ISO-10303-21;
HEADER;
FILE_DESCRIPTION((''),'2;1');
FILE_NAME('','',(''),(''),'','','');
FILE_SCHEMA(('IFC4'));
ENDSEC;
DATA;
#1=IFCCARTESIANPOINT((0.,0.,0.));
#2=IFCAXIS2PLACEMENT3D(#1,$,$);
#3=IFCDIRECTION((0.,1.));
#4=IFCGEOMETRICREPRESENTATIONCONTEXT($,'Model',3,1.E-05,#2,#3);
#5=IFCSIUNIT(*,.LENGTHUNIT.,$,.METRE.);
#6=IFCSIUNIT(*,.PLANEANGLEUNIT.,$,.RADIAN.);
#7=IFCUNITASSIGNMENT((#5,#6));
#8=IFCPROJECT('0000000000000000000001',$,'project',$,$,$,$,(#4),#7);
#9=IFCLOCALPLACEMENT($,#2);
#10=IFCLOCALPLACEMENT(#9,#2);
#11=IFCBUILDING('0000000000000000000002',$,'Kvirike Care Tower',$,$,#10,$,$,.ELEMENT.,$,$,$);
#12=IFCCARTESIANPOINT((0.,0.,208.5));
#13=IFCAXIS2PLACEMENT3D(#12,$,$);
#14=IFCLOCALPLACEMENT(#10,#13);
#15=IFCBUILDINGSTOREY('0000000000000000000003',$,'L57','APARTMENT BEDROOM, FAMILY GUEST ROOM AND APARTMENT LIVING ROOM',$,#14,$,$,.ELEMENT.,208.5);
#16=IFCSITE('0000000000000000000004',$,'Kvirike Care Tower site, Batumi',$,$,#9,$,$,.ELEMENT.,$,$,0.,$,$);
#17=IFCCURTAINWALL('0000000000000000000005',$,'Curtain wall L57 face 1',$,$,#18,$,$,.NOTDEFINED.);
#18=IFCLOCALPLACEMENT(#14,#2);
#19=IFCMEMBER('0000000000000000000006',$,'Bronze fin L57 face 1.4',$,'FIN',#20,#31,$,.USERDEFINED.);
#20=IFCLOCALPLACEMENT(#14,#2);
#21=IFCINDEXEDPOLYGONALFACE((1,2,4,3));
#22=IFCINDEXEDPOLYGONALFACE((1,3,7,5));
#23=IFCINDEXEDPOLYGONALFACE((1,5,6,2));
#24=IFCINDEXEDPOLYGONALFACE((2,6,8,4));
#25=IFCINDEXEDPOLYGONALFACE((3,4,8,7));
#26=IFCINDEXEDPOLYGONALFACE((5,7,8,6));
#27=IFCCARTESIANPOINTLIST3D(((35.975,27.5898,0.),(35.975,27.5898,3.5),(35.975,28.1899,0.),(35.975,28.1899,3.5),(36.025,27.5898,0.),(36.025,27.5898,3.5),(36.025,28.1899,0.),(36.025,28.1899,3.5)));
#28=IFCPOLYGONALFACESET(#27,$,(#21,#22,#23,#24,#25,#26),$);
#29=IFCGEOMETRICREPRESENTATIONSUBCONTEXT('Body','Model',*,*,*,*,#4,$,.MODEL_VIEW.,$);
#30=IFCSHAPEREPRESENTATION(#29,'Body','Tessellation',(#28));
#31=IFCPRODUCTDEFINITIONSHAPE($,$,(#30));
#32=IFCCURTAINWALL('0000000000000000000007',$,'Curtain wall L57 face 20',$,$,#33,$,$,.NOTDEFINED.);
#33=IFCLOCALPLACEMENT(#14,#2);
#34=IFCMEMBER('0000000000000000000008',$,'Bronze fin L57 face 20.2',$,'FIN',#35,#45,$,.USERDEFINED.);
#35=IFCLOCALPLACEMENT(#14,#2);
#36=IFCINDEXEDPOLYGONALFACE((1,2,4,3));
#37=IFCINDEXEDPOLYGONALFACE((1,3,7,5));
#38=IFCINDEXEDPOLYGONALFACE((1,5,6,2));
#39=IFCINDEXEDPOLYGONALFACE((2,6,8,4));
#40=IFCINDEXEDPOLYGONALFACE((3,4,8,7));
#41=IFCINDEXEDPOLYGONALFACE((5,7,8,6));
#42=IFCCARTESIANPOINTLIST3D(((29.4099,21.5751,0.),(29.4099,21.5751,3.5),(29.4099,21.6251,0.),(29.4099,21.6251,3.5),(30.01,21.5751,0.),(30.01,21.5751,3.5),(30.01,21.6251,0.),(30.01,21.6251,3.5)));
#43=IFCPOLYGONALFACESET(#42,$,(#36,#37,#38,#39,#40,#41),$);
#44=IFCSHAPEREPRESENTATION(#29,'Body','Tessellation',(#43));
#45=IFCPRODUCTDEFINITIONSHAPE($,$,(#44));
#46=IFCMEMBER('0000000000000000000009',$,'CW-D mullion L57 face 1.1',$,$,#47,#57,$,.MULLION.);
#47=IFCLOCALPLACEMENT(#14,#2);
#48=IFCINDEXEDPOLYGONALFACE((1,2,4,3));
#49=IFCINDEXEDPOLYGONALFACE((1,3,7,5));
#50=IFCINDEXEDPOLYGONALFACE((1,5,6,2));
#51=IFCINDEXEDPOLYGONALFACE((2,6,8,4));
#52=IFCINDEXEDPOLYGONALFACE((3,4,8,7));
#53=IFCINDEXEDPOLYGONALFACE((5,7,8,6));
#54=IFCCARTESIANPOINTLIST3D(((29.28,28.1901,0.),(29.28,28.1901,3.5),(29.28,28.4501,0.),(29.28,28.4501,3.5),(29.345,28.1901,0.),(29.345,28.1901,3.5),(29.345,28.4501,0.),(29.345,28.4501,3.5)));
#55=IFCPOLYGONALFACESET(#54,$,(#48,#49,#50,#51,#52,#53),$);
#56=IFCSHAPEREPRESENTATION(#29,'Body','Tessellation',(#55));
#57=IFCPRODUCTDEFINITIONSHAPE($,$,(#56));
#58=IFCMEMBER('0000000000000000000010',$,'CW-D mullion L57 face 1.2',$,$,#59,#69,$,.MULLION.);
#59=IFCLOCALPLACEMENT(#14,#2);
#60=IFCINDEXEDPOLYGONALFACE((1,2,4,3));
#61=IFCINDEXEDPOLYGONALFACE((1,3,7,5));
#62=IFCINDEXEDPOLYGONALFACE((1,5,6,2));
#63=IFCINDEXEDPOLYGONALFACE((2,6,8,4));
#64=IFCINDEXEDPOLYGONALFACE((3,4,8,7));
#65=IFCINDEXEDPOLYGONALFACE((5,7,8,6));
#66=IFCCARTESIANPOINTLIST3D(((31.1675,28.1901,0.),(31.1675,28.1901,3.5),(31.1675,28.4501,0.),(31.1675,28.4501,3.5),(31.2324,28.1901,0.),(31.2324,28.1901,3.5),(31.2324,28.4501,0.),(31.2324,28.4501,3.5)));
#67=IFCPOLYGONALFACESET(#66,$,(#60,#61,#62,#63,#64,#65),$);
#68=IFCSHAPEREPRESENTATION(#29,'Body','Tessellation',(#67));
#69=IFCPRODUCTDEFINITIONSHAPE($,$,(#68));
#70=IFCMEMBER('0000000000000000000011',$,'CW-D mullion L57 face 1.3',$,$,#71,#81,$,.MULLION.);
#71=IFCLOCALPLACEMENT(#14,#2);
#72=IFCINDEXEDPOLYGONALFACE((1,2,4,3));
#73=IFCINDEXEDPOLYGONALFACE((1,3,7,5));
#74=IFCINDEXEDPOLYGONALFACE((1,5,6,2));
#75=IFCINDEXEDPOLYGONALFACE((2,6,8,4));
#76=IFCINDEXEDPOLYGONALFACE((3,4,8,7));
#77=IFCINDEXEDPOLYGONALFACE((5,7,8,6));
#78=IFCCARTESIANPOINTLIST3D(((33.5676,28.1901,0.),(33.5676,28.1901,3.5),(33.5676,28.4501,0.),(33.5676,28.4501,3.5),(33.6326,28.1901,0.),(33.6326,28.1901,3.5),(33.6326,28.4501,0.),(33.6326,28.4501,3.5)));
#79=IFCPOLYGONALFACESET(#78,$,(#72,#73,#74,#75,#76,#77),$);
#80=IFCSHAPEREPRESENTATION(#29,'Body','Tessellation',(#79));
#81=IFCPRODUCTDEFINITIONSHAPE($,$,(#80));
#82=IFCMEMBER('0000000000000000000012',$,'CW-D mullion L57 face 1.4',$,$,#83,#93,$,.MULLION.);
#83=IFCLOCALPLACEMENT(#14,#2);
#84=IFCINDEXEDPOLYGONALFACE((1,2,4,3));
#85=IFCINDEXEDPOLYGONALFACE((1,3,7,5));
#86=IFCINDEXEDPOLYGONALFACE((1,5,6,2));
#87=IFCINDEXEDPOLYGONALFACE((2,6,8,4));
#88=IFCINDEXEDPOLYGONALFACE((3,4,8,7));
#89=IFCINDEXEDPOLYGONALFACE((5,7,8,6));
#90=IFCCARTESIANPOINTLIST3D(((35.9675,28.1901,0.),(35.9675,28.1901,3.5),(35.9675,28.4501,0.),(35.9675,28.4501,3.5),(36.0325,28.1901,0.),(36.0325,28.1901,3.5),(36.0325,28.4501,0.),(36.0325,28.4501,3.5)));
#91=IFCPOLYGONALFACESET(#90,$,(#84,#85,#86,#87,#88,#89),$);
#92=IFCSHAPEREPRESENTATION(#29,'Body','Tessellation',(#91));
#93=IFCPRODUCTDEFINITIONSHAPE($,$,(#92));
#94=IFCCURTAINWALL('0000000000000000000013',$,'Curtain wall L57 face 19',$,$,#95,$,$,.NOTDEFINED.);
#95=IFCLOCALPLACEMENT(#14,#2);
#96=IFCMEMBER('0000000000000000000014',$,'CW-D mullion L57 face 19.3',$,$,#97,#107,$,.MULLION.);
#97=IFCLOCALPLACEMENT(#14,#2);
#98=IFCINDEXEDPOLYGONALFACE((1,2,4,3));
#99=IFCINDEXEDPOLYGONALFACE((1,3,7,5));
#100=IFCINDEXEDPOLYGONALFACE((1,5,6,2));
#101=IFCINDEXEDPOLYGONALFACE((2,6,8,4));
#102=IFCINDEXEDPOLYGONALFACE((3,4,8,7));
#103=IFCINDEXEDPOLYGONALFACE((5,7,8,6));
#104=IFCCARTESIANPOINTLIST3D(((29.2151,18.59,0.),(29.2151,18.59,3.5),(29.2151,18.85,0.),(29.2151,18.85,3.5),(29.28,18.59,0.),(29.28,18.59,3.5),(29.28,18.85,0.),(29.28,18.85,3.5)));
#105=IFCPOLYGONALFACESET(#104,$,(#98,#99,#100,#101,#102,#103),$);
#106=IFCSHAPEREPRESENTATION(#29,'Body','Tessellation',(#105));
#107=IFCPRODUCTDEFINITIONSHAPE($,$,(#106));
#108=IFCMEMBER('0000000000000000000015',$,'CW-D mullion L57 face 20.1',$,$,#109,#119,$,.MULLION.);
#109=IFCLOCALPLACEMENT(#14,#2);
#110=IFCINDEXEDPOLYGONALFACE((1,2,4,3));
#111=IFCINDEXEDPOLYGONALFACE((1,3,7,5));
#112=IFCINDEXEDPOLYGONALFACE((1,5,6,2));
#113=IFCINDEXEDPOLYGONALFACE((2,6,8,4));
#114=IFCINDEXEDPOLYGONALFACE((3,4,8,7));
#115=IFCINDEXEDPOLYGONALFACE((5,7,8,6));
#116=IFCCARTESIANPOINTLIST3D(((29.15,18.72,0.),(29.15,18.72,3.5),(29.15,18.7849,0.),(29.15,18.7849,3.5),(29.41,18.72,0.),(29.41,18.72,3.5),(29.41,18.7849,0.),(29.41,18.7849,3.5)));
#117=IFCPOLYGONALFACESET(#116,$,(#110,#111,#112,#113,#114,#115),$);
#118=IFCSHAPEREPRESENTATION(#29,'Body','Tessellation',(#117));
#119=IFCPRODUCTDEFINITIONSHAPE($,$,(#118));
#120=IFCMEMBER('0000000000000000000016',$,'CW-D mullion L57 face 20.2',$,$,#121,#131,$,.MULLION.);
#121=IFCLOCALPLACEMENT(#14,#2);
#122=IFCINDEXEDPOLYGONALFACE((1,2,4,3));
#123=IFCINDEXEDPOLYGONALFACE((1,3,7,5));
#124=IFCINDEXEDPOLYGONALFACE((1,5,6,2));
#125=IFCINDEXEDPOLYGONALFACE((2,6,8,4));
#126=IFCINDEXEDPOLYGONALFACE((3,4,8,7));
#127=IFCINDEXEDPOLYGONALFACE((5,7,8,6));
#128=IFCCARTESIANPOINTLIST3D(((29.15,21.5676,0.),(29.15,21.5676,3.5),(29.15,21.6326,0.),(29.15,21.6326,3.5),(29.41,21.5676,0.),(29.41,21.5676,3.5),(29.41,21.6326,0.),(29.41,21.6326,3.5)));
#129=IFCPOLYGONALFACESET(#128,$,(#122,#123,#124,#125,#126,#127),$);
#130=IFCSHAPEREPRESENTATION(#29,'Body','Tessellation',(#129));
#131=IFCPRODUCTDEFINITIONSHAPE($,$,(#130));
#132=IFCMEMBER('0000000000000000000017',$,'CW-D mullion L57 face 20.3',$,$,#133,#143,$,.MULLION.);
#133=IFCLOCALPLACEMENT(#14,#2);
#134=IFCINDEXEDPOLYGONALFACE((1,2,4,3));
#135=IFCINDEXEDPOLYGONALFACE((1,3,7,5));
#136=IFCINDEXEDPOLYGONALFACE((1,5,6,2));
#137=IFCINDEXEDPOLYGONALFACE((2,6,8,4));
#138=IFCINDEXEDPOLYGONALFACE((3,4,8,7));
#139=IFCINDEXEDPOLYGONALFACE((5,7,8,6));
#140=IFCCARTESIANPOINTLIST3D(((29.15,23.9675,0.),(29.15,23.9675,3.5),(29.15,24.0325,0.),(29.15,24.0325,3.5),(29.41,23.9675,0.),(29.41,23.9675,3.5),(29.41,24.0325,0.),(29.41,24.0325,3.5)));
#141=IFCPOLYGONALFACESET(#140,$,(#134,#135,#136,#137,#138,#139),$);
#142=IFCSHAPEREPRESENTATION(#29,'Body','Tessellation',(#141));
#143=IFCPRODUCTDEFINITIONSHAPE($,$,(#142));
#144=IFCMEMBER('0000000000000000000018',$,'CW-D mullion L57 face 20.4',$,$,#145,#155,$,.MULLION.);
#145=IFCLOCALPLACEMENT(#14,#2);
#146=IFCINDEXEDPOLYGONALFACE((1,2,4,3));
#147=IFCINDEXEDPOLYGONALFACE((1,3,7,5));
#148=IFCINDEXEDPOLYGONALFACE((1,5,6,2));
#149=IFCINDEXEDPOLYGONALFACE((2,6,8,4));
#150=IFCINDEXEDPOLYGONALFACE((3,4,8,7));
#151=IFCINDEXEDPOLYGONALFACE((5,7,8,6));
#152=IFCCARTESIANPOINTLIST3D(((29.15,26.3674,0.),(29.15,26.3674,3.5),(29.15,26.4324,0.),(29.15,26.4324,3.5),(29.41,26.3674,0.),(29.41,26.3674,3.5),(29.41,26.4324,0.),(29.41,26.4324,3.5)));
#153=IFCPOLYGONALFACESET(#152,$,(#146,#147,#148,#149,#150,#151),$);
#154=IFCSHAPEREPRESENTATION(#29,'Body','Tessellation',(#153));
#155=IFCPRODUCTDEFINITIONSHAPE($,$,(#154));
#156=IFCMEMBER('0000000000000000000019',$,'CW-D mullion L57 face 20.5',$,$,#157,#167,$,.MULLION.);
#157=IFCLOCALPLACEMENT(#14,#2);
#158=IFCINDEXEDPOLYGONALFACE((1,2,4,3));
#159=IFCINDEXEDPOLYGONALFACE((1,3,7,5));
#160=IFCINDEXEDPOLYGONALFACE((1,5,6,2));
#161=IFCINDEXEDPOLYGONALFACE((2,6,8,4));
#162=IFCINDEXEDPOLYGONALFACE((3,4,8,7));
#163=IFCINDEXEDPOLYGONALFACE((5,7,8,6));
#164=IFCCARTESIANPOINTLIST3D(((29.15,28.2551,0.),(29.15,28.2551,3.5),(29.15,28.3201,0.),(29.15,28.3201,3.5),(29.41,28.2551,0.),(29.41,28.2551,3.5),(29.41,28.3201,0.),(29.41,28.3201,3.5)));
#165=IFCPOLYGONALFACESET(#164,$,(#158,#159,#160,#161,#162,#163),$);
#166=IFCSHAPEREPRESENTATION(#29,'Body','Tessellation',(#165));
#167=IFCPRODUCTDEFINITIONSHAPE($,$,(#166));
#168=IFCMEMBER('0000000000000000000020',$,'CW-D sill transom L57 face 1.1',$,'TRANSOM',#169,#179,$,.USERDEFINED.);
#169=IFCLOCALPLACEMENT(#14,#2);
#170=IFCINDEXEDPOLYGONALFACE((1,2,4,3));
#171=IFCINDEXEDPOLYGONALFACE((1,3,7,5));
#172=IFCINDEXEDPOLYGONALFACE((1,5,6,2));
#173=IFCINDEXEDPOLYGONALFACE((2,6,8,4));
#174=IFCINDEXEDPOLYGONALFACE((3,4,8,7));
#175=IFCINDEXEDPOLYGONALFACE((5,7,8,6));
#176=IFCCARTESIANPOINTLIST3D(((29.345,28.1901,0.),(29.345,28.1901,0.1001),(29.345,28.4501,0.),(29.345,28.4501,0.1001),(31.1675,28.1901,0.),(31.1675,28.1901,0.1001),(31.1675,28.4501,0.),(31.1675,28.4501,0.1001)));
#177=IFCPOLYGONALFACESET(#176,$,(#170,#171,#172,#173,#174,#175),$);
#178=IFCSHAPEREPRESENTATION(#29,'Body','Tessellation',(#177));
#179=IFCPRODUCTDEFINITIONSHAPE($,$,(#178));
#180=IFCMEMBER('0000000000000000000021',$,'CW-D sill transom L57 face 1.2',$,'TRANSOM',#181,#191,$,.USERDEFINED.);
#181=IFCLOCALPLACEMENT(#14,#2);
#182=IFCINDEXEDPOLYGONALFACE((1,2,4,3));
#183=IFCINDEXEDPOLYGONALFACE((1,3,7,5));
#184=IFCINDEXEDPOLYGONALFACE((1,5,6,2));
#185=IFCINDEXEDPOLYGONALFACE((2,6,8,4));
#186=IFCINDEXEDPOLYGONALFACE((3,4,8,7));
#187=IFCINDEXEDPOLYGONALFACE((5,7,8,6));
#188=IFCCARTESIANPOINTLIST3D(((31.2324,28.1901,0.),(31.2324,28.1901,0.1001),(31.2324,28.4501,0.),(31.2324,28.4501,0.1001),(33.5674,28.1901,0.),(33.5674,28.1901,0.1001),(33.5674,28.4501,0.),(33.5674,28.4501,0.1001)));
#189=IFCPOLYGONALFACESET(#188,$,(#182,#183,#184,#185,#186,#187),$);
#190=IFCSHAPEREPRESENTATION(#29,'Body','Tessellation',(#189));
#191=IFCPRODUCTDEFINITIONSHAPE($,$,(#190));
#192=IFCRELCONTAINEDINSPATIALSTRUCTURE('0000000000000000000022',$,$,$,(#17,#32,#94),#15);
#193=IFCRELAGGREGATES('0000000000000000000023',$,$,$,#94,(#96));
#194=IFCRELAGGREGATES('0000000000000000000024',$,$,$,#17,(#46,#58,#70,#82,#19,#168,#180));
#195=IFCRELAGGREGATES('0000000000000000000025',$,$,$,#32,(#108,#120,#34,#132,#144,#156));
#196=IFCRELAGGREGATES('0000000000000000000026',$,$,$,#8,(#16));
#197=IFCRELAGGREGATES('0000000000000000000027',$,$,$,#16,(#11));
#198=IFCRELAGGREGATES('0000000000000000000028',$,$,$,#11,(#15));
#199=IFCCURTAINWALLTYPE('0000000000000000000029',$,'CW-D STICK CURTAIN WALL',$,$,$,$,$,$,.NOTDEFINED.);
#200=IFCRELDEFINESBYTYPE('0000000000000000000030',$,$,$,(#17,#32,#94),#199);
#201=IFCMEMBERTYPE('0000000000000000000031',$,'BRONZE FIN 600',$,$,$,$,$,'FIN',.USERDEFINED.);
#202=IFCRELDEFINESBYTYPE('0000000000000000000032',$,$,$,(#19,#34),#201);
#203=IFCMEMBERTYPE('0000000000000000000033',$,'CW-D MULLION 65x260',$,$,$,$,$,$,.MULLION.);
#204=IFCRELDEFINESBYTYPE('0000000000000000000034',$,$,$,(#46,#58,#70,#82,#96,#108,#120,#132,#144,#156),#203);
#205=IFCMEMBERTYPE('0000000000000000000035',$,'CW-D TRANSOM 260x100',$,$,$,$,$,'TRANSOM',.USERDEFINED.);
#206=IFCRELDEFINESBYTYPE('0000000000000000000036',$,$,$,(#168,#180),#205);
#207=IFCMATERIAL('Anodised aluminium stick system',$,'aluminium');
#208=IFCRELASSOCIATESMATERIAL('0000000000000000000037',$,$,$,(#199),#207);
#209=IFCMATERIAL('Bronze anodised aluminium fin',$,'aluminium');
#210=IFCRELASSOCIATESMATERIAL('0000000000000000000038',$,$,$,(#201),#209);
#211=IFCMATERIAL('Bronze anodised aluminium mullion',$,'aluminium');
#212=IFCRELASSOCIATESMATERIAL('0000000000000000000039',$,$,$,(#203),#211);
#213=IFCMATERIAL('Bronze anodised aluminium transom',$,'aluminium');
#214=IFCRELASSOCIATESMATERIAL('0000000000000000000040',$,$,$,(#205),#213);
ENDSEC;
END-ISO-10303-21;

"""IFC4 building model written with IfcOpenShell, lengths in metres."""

from ifc_helpers import new_model, si_unit, direction, frame, origin, origin_2d, place, context, subcontext, project, spatial, rectangle, extrude, material, material_profile, profile_set, type_object, element, aggregate, save


model = new_model("IFC4")

# Units and contexts
model_context = context("Model", 3, precision=1e-05, world=origin(), true_north=direction((0.0, 1.0)))
body_context = subcontext(model_context, "Body", "Model", "MODEL_VIEW")
ifc_project = project(units=[si_unit("LENGTHUNIT", "METRE"), si_unit("PLANEANGLEUNIT", "RADIAN")], contexts=[model_context])

# Site, building, storey
site_placement = place(None, origin())
site = spatial("IfcSite", under=ifc_project, at=site_placement, Name="Kvirike Care Tower site, Batumi", CompositionType="ELEMENT", RefElevation=0.0)
building_placement = place(site_placement, origin())
building = spatial("IfcBuilding", under=site, at=building_placement, Name="Kvirike Care Tower", CompositionType="ELEMENT")
storey_placement = place(building_placement, frame((0.0, 0.0, 208.5)))
storey = spatial("IfcBuildingStorey", under=building, at=storey_placement, Name="L57", Description="APARTMENT BEDROOM, FAMILY GUEST ROOM AND APARTMENT LIVING ROOM", CompositionType="ELEMENT", Elevation=208.5)

# Curtain walls, members
ifc_material_1 = material(Name="Anodised aluminium stick system", Category="aluminium")
curtain_wall_type = type_object("IfcCurtainWallType", Name="CW-D STICK CURTAIN WALL", PredefinedType="NOTDEFINED", material=ifc_material_1)
curtain_wall_1_placement = place(storey_placement, origin())
curtain_wall_1 = element("IfcCurtainWall", 1, at=curtain_wall_1_placement, inside=storey, type_object=curtain_wall_type, Name="Curtain wall L57 face 1", PredefinedType="NOTDEFINED")
ifc_material_2 = material(Name="Bronze anodised aluminium fin", Category="aluminium")
ifc_material_profile_1 = material_profile(ifc_material_2, rectangle(XDim=0.05, YDim=0.6001, at=origin_2d()), Name="BRONZE FIN 600")
ifc_profile_set_1 = profile_set([ifc_material_profile_1], Name="Bronze anodised aluminium fin")
member_type_1 = type_object("IfcMemberType", Name="BRONZE FIN 600", ElementType="FIN", PredefinedType="USERDEFINED", material=ifc_profile_set_1)
member_1_placement = place(storey_placement, frame((36.0, 27.8899, 0.0), z_axis=(0.0, 0.0, 1.0), x_axis=(1.0, 0.0, 0.0)))
member_1 = element("IfcMember", 2, at=member_1_placement, type_object=member_type_1, Name="Bronze fin L57 face 1.4", ObjectType="FIN", PredefinedType="USERDEFINED", context=body_context, shape_type="SweptSolid", body=[
    extrude(rectangle(XDim=0.05, YDim=0.6001, at=origin_2d()), origin(), (0.0, 0.0, 1.0), 3.5),
])
curtain_wall_2_placement = place(storey_placement, origin())
curtain_wall_2 = element("IfcCurtainWall", 3, at=curtain_wall_2_placement, inside=storey, type_object=curtain_wall_type, Name="Curtain wall L57 face 20", PredefinedType="NOTDEFINED")
member_2_placement = place(storey_placement, frame((29.71, 21.6001, 0.0), z_axis=(0.0, 0.0, 1.0), x_axis=(0.0, 1.0, 0.0)))
member_2 = element("IfcMember", 4, at=member_2_placement, type_object=member_type_1, Name="Bronze fin L57 face 20.2", ObjectType="FIN", PredefinedType="USERDEFINED", context=body_context, shape_type="SweptSolid", body=[
    extrude(rectangle(XDim=0.05, YDim=0.6001, at=origin_2d()), origin(), (0.0, 0.0, 1.0), 3.5),
])

# Members
ifc_material_3 = material(Name="Bronze anodised aluminium mullion", Category="aluminium")
ifc_material_profile_2 = material_profile(ifc_material_3, rectangle(XDim=0.0649, YDim=0.26, at=origin_2d()), Name="CW-D MULLION 65x260")
ifc_profile_set_2 = profile_set([ifc_material_profile_2], Name="Bronze anodised aluminium mullion")
member_type_2 = type_object("IfcMemberType", Name="CW-D MULLION 65x260", PredefinedType="MULLION", material=ifc_profile_set_2)
member_3_placement = place(storey_placement, frame((29.3125, 28.3201, 0.0), z_axis=(0.0, 0.0, 1.0), x_axis=(1.0, 0.0, 0.0)))
member_3 = element("IfcMember", 5, at=member_3_placement, type_object=member_type_2, Name="CW-D mullion L57 face 1.1", PredefinedType="MULLION", context=body_context, shape_type="SweptSolid", body=[
    extrude(rectangle(XDim=0.0649, YDim=0.26, at=origin_2d()), origin(), (0.0, 0.0, 1.0), 3.5),
])
member_4_placement = place(storey_placement, frame((31.2, 28.3201, 0.0), z_axis=(0.0, 0.0, 1.0), x_axis=(1.0, 0.0, 0.0)))
member_4 = element("IfcMember", 6, at=member_4_placement, type_object=member_type_2, Name="CW-D mullion L57 face 1.2", PredefinedType="MULLION", context=body_context, shape_type="SweptSolid", body=[
    extrude(rectangle(XDim=0.0649, YDim=0.26, at=origin_2d()), origin(), (0.0, 0.0, 1.0), 3.5),
])
member_5_placement = place(storey_placement, frame((33.6001, 28.3201, 0.0), z_axis=(0.0, 0.0, 1.0), x_axis=(1.0, 0.0, 0.0)))
member_5 = element("IfcMember", 7, at=member_5_placement, type_object=member_type_2, Name="CW-D mullion L57 face 1.3", PredefinedType="MULLION", context=body_context, shape_type="SweptSolid", body=[
    extrude(rectangle(XDim=0.0649, YDim=0.26, at=origin_2d()), origin(), (0.0, 0.0, 1.0), 3.5),
])
member_6_placement = place(storey_placement, frame((36.0, 28.3201, 0.0), z_axis=(0.0, 0.0, 1.0), x_axis=(1.0, 0.0, 0.0)))
member_6 = element("IfcMember", 8, at=member_6_placement, type_object=member_type_2, Name="CW-D mullion L57 face 1.4", PredefinedType="MULLION", context=body_context, shape_type="SweptSolid", body=[
    extrude(rectangle(XDim=0.0649, YDim=0.26, at=origin_2d()), origin(), (0.0, 0.0, 1.0), 3.5),
])

# Curtain wall, member
curtain_wall_3_placement = place(storey_placement, origin())
curtain_wall_3 = element("IfcCurtainWall", 9, at=curtain_wall_3_placement, inside=storey, type_object=curtain_wall_type, Name="Curtain wall L57 face 19", PredefinedType="NOTDEFINED")
member_7_placement = place(storey_placement, frame((29.2476, 18.72, 0.0), z_axis=(0.0, 0.0, 1.0), x_axis=(1.0, 0.0, 0.0)))
member_7 = element("IfcMember", 10, at=member_7_placement, type_object=member_type_2, Name="CW-D mullion L57 face 19.3", PredefinedType="MULLION", context=body_context, shape_type="SweptSolid", body=[
    extrude(rectangle(XDim=0.0649, YDim=0.26, at=origin_2d()), origin(), (0.0, 0.0, 1.0), 3.5),
])
aggregate(curtain_wall_3, [member_7])

# Members
member_8_placement = place(storey_placement, frame((29.28, 18.7524, 0.0), z_axis=(0.0, 0.0, 1.0), x_axis=(0.0, 1.0, 0.0)))
member_8 = element("IfcMember", 11, at=member_8_placement, type_object=member_type_2, Name="CW-D mullion L57 face 20.1", PredefinedType="MULLION", context=body_context, shape_type="SweptSolid", body=[
    extrude(rectangle(XDim=0.0649, YDim=0.26, at=origin_2d()), origin(), (0.0, 0.0, 1.0), 3.5),
])
member_9_placement = place(storey_placement, frame((29.28, 21.6001, 0.0), z_axis=(0.0, 0.0, 1.0), x_axis=(0.0, 1.0, 0.0)))
member_9 = element("IfcMember", 12, at=member_9_placement, type_object=member_type_2, Name="CW-D mullion L57 face 20.2", PredefinedType="MULLION", context=body_context, shape_type="SweptSolid", body=[
    extrude(rectangle(XDim=0.0649, YDim=0.26, at=origin_2d()), origin(), (0.0, 0.0, 1.0), 3.5),
])
member_10_placement = place(storey_placement, frame((29.28, 24.0, 0.0), z_axis=(0.0, 0.0, 1.0), x_axis=(0.0, 1.0, 0.0)))
member_10 = element("IfcMember", 13, at=member_10_placement, type_object=member_type_2, Name="CW-D mullion L57 face 20.3", PredefinedType="MULLION", context=body_context, shape_type="SweptSolid", body=[
    extrude(rectangle(XDim=0.0649, YDim=0.26, at=origin_2d()), origin(), (0.0, 0.0, 1.0), 3.5),
])
member_11_placement = place(storey_placement, frame((29.28, 26.3999, 0.0), z_axis=(0.0, 0.0, 1.0), x_axis=(0.0, 1.0, 0.0)))
member_11 = element("IfcMember", 14, at=member_11_placement, type_object=member_type_2, Name="CW-D mullion L57 face 20.4", PredefinedType="MULLION", context=body_context, shape_type="SweptSolid", body=[
    extrude(rectangle(XDim=0.0649, YDim=0.26, at=origin_2d()), origin(), (0.0, 0.0, 1.0), 3.5),
])
member_12_placement = place(storey_placement, frame((29.28, 28.2876, 0.0), z_axis=(0.0, 0.0, 1.0), x_axis=(0.0, 1.0, 0.0)))
member_12 = element("IfcMember", 15, at=member_12_placement, type_object=member_type_2, Name="CW-D mullion L57 face 20.5", PredefinedType="MULLION", context=body_context, shape_type="SweptSolid", body=[
    extrude(rectangle(XDim=0.0649, YDim=0.26, at=origin_2d()), origin(), (0.0, 0.0, 1.0), 3.5),
])
ifc_material_4 = material(Name="Bronze anodised aluminium transom", Category="aluminium")
ifc_material_profile_3 = material_profile(ifc_material_4, rectangle(XDim=0.26, YDim=0.1001, at=origin_2d()), Name="CW-D TRANSOM 260x100")
ifc_profile_set_3 = profile_set([ifc_material_profile_3], Name="Bronze anodised aluminium transom")
member_type_3 = type_object("IfcMemberType", Name="CW-D TRANSOM 260x100", ElementType="TRANSOM", PredefinedType="USERDEFINED", material=ifc_profile_set_3)
member_13_placement = place(storey_placement, frame((29.345, 28.3201, 0.05), z_axis=(1.0, 0.0, 0.0), x_axis=(0.0, 1.0, 0.0)))
member_13 = element("IfcMember", 16, at=member_13_placement, type_object=member_type_3, Name="CW-D sill transom L57 face 1.1", ObjectType="TRANSOM", PredefinedType="USERDEFINED", context=body_context, shape_type="SweptSolid", body=[
    extrude(rectangle(XDim=0.26, YDim=0.1001, at=origin_2d()), origin(), (0.0, 0.0, 1.0), 1.8225),
])
member_14_placement = place(storey_placement, frame((31.2324, 28.3201, 0.05), z_axis=(1.0, 0.0, 0.0), x_axis=(0.0, 1.0, 0.0)))
member_14 = element("IfcMember", 17, at=member_14_placement, type_object=member_type_3, Name="CW-D sill transom L57 face 1.2", ObjectType="TRANSOM", PredefinedType="USERDEFINED", context=body_context, shape_type="SweptSolid", body=[
    extrude(rectangle(XDim=0.26, YDim=0.1001, at=origin_2d()), origin(), (0.0, 0.0, 1.0), 2.335),
])

aggregate(curtain_wall_1, [member_3, member_4, member_5, member_6, member_1, member_13, member_14])
aggregate(curtain_wall_2, [member_8, member_9, member_2, member_10, member_11, member_12])

save(model, "model.ifc")
